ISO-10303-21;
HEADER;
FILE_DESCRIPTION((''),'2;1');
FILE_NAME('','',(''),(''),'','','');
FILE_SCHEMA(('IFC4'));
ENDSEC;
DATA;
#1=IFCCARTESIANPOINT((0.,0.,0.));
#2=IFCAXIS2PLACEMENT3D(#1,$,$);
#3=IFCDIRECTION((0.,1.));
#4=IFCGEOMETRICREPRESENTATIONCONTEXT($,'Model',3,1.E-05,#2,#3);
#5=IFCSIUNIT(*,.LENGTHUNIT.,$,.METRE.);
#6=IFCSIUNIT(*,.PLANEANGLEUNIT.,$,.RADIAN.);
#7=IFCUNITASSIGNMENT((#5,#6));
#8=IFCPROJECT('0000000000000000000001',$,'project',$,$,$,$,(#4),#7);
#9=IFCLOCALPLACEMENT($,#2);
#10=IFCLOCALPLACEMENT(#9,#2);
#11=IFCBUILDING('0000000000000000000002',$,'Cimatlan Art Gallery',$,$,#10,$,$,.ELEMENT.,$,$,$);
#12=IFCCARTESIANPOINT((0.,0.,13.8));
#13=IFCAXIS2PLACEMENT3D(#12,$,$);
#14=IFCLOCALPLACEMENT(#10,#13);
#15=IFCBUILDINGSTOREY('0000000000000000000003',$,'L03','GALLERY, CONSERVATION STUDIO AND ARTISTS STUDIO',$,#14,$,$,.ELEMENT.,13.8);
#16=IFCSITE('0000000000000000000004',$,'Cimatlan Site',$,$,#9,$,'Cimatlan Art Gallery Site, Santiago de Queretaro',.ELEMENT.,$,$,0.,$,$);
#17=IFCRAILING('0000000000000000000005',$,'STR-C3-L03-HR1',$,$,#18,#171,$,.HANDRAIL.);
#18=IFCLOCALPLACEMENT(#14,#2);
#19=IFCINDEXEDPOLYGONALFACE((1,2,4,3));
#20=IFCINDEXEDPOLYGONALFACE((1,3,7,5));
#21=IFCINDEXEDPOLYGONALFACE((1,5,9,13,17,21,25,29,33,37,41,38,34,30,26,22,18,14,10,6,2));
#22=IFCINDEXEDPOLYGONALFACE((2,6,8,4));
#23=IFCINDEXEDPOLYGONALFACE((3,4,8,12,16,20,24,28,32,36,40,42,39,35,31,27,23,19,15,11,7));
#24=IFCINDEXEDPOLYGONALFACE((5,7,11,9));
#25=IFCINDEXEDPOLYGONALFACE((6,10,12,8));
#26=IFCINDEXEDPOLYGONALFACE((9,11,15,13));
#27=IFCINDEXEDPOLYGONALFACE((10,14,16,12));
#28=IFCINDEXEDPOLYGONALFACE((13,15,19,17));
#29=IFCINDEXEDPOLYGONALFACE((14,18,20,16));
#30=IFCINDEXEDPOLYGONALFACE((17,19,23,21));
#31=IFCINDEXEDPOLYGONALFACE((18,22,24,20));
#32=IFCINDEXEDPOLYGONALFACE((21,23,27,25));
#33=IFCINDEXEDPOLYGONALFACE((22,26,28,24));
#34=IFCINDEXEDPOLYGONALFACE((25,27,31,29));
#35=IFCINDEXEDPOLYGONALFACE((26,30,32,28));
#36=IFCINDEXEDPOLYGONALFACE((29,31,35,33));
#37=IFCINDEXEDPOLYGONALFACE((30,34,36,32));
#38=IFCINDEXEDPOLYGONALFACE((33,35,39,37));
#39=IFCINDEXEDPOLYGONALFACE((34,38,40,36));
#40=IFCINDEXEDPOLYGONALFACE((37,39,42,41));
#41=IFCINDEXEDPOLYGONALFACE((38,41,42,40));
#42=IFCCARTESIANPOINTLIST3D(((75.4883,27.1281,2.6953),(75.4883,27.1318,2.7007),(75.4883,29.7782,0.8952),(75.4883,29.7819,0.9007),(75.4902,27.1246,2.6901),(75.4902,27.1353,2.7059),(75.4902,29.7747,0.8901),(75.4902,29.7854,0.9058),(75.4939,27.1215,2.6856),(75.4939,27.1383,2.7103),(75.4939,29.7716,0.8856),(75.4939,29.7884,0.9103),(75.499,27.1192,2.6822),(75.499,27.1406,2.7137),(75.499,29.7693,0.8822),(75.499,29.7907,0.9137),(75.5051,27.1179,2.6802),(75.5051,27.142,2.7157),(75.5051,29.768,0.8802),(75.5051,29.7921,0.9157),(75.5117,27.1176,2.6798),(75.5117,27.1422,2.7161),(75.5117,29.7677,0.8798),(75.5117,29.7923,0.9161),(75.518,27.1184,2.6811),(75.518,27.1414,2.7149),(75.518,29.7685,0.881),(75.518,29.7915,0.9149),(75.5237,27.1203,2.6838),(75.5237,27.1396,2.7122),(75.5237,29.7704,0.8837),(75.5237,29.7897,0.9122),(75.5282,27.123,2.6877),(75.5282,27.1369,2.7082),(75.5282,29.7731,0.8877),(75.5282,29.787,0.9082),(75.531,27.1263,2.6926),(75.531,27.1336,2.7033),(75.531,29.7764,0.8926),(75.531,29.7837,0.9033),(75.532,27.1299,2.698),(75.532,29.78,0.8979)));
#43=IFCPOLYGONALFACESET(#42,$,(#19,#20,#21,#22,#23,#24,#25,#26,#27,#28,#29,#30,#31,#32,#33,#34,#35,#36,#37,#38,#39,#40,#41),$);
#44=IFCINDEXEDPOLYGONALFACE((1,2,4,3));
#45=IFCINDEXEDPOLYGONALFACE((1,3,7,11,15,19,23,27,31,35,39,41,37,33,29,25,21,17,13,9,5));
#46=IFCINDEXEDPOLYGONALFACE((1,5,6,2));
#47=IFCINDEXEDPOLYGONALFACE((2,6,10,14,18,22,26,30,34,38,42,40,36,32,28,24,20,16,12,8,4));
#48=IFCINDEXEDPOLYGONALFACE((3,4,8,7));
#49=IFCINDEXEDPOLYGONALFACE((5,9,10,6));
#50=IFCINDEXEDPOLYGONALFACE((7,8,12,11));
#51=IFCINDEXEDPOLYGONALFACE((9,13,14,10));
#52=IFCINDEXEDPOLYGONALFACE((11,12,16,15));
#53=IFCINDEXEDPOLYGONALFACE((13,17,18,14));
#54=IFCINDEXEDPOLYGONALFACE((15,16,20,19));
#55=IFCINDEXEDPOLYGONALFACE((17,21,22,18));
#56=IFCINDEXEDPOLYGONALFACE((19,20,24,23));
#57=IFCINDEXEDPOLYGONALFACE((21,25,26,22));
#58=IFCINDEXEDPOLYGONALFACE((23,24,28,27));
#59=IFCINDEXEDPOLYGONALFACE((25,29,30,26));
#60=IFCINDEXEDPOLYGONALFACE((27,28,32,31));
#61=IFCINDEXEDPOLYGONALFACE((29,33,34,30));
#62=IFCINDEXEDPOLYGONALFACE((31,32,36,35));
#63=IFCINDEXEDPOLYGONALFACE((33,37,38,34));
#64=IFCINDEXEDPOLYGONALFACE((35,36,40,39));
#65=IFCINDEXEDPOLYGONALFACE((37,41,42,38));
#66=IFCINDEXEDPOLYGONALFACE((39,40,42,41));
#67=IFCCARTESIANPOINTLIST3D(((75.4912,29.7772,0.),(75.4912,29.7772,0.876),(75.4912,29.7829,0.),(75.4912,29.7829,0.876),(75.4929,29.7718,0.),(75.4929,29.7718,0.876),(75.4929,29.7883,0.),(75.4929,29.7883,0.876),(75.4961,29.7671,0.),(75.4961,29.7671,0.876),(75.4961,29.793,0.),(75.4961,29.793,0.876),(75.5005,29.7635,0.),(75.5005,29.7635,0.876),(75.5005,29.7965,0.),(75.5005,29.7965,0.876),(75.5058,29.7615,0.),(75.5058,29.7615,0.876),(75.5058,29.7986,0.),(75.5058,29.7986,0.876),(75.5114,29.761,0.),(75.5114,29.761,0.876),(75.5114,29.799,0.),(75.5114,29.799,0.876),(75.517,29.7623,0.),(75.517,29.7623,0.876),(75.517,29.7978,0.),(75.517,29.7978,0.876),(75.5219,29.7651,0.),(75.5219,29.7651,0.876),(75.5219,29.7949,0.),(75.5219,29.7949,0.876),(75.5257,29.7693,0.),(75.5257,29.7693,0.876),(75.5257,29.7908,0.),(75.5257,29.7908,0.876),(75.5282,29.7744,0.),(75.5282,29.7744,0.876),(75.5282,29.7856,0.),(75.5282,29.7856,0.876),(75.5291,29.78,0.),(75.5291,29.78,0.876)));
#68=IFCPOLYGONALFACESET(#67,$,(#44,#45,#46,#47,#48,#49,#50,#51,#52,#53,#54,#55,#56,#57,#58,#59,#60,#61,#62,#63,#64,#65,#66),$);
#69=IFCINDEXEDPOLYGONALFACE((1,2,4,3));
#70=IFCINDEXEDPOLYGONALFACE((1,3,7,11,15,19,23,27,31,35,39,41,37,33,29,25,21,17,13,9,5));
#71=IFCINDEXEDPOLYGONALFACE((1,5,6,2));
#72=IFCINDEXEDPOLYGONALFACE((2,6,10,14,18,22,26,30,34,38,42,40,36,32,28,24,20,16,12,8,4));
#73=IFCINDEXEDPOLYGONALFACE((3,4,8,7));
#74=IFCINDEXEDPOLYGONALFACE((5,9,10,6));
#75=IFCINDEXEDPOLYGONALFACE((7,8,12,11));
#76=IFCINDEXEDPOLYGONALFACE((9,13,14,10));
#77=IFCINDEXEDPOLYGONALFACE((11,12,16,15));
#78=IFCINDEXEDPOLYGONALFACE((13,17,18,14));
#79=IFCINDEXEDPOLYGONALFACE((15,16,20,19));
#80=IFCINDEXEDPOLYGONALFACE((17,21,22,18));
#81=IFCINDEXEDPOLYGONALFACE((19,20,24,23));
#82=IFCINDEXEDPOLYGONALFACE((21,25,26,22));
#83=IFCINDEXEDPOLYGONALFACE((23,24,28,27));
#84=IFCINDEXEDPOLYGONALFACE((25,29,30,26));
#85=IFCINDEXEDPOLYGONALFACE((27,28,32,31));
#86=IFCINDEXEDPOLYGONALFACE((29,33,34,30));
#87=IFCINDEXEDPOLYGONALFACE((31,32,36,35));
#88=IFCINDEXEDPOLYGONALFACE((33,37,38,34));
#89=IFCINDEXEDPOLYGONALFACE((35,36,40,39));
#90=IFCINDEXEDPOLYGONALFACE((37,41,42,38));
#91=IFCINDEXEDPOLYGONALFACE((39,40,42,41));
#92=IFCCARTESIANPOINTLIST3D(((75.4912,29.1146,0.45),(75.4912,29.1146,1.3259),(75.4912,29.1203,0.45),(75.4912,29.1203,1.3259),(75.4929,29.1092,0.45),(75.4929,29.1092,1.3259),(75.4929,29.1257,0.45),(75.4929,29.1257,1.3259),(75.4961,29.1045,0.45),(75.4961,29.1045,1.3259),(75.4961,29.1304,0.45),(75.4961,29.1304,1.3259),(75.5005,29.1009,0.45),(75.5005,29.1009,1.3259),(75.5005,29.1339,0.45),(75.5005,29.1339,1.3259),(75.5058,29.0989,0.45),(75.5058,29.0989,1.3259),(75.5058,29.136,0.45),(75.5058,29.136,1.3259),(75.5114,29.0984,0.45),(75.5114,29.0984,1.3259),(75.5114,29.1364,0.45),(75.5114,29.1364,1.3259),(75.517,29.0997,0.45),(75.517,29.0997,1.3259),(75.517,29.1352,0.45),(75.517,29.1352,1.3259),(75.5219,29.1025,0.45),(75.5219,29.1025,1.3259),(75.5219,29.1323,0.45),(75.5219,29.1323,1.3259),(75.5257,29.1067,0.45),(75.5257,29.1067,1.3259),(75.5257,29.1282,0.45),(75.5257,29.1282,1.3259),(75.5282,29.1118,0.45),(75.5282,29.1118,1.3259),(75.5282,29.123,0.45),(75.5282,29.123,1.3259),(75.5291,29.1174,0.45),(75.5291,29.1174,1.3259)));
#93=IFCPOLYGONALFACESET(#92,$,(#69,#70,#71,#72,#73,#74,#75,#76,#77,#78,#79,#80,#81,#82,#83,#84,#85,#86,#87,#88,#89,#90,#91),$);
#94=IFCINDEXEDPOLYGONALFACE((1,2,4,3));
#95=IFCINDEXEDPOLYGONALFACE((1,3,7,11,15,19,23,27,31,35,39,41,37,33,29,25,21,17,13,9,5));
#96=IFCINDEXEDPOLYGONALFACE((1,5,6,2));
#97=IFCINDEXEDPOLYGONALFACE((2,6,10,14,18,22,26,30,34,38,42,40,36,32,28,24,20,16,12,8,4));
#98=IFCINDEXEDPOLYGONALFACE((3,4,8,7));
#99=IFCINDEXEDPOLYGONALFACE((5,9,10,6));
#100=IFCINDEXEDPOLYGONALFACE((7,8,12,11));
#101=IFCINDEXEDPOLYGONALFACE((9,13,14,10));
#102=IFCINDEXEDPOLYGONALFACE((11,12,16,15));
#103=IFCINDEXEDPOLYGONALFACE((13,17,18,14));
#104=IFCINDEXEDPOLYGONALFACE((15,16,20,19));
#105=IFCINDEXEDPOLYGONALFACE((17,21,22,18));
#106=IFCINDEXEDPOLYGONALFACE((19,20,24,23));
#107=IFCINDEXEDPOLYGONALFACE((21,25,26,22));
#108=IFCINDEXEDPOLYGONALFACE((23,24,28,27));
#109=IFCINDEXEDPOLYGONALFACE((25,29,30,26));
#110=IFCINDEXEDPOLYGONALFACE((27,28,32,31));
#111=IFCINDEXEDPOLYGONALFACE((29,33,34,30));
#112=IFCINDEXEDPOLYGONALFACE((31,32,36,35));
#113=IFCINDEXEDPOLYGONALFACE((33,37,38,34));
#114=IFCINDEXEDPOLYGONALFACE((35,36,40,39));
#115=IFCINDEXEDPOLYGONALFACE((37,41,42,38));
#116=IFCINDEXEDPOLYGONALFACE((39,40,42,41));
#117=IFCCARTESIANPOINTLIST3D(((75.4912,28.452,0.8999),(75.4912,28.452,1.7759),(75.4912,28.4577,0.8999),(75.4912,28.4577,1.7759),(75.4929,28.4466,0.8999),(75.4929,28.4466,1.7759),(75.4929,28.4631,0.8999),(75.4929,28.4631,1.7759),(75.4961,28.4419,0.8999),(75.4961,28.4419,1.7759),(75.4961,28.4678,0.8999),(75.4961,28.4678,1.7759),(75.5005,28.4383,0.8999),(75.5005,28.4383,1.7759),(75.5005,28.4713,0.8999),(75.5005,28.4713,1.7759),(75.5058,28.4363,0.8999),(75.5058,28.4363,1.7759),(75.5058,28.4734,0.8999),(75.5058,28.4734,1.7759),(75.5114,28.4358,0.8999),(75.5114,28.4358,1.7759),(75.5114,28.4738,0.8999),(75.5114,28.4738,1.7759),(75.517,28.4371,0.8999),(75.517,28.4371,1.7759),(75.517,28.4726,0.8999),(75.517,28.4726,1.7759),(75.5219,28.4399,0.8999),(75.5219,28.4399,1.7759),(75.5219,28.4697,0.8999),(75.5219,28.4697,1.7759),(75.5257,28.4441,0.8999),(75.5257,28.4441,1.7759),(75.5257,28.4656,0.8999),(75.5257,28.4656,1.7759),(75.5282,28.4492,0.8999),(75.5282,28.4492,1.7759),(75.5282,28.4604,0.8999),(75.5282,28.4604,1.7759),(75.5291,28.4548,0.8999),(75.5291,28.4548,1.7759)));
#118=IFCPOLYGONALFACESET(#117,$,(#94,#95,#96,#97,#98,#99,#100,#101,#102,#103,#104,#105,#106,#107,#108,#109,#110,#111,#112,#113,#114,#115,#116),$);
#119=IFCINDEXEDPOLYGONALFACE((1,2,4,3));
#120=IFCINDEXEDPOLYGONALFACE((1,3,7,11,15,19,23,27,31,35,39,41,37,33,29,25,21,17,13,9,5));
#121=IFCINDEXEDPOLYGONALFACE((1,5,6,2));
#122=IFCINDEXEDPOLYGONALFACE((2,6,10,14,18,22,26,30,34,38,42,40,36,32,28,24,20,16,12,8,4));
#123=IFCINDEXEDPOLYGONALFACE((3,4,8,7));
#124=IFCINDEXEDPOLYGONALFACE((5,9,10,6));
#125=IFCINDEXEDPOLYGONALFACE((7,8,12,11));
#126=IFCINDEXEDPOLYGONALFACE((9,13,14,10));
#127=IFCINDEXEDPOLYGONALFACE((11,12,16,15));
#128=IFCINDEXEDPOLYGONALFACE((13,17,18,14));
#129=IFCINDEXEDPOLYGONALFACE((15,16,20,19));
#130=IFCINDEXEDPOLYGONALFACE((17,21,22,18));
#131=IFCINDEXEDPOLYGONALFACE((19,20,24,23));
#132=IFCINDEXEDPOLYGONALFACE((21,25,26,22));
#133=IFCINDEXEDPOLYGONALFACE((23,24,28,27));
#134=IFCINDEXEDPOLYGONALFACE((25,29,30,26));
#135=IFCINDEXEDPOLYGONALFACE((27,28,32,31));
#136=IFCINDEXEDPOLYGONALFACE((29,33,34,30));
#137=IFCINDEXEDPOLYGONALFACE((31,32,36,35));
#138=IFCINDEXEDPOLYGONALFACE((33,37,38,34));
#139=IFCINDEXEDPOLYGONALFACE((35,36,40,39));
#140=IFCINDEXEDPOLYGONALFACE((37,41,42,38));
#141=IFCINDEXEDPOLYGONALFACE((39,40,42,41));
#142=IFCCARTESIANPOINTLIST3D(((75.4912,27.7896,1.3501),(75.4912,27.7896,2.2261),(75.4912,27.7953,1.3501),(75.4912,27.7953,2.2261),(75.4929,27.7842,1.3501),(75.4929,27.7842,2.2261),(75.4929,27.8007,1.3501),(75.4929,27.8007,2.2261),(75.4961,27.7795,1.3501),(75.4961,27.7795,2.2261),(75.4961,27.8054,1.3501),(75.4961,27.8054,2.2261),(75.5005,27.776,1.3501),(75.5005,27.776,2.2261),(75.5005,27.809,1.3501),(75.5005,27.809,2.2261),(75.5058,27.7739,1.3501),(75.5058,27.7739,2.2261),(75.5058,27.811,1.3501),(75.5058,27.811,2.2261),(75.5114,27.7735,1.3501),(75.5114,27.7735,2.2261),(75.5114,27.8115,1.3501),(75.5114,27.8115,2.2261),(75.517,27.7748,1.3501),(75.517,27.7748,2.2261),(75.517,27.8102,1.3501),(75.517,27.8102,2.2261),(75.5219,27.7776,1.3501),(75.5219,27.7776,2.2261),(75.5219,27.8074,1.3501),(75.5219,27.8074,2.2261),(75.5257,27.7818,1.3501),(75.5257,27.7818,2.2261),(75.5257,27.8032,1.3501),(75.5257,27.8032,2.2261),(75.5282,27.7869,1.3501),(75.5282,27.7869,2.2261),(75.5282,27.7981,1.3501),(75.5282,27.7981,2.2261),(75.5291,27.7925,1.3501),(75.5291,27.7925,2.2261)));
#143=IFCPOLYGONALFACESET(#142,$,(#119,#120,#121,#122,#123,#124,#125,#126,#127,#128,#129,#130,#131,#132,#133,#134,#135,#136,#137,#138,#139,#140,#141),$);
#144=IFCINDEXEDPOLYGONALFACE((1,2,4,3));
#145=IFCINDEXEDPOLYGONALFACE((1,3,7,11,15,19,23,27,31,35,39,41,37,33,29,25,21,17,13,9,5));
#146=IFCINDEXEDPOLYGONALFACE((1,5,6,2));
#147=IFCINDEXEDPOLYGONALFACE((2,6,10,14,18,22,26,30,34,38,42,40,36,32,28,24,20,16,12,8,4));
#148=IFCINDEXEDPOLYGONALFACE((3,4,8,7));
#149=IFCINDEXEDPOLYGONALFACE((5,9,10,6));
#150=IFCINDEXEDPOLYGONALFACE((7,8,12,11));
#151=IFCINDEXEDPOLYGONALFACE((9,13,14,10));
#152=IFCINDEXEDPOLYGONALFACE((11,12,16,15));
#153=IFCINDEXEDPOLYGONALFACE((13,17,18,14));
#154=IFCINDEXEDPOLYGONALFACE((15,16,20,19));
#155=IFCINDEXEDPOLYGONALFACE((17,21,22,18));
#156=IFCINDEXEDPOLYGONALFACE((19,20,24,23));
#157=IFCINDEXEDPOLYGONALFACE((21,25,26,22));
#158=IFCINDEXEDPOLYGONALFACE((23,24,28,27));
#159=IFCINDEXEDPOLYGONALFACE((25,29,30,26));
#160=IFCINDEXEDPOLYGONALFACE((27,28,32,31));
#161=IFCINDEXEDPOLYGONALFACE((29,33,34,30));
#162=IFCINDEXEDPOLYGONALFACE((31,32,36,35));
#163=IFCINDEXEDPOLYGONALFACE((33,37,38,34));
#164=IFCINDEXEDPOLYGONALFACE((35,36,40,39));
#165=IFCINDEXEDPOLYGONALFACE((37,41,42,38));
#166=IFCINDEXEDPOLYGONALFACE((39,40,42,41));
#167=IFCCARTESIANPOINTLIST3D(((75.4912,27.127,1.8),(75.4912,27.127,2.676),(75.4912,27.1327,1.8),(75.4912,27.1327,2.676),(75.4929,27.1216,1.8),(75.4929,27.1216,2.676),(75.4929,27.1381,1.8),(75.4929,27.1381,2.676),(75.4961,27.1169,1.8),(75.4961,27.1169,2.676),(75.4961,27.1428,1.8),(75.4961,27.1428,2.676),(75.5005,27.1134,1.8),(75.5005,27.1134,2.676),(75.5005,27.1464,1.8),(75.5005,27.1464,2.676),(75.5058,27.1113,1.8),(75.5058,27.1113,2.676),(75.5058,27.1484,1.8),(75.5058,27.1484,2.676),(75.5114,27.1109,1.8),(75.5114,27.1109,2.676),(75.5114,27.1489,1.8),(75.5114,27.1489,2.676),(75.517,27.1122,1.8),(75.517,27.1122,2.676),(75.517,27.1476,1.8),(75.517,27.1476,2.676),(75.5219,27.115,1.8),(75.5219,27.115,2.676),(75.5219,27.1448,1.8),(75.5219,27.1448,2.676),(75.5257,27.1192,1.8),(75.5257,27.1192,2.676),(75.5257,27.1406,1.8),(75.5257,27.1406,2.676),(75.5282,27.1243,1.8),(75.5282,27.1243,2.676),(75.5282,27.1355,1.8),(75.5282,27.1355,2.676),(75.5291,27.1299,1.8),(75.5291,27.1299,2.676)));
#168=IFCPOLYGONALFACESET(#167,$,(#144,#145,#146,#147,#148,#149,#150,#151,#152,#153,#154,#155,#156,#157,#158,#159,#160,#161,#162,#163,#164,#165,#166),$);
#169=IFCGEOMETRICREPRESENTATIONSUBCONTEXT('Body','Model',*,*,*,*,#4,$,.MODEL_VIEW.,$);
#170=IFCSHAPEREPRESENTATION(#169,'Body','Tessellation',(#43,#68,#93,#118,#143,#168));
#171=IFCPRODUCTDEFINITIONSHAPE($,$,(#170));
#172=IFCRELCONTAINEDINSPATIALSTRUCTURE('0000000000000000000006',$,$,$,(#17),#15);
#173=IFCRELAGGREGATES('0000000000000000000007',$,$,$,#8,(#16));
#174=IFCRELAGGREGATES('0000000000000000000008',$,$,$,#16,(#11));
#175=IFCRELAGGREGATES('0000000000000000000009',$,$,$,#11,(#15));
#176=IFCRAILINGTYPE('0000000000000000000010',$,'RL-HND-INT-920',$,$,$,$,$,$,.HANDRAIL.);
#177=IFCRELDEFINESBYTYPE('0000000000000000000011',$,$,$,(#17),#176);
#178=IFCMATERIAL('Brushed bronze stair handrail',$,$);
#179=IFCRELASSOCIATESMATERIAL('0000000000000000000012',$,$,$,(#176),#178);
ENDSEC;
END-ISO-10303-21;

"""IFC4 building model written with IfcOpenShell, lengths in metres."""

from ifc_helpers import new_model, si_unit, direction, frame, origin, origin_2d, place, context, subcontext, project, spatial, circle, extrude, material, type_object, element, save


model = new_model("IFC4")

# Units and contexts
model_context = context("Model", 3, precision=1e-05, world=origin(), true_north=direction((0.0, 1.0)))
body_context = subcontext(model_context, "Body", "Model", "MODEL_VIEW")
ifc_project = project(units=[si_unit("LENGTHUNIT", "METRE"), si_unit("PLANEANGLEUNIT", "RADIAN")], contexts=[model_context])

# Site, building, storey
site_placement = place(None, origin())
site = spatial("IfcSite", under=ifc_project, at=site_placement, Name="Cimatlan Site", LongName="Cimatlan Art Gallery Site, Santiago de Queretaro", CompositionType="ELEMENT", RefElevation=0.0)
building_placement = place(site_placement, origin())
building = spatial("IfcBuilding", under=site, at=building_placement, Name="Cimatlan Art Gallery", CompositionType="ELEMENT")
storey_placement = place(building_placement, frame((0.0, 0.0, 13.8)))
storey = spatial("IfcBuildingStorey", under=building, at=storey_placement, Name="L03", Description="GALLERY, CONSERVATION STUDIO AND ARTISTS STUDIO", CompositionType="ELEMENT", Elevation=13.8)

# Railing
ifc_material_1 = material(Name="Brushed bronze stair handrail")
railing_type_1 = type_object("IfcRailingType", Name="RL-HND-INT-920", PredefinedType="HANDRAIL", material=ifc_material_1)
railing_1_placement = place(storey_placement, frame((75.51, 29.78, 0.0)))
element("IfcRailing", 1, at=railing_1_placement, inside=storey, type_object=railing_type_1, Name="STR-C3-L03-HR1", PredefinedType="HANDRAIL", context=body_context, shape_type="SweptSolid", body=[
    extrude(circle(Radius=0.022, at=origin_2d()), frame((0.0, 0.0, 0.8979), z_axis=(0.0, -0.827224, 0.561872), x_axis=(1.0, 0.0, 0.0)), (0.0, 0.0, 1.0), 3.2036),
    extrude(circle(Radius=0.019, at=origin_2d()), origin(), (0.0, 0.0, 1.0), 0.876),
    extrude(circle(Radius=0.019, at=origin_2d()), frame((0.0, -0.6626, 0.45)), (0.0, 0.0, 1.0), 0.876),
    extrude(circle(Radius=0.019, at=origin_2d()), frame((0.0, -1.3252, 0.8999)), (0.0, 0.0, 1.0), 0.876),
    extrude(circle(Radius=0.019, at=origin_2d()), frame((0.0, -1.9875, 1.3501)), (0.0, 0.0, 1.0), 0.876),
    extrude(circle(Radius=0.019, at=origin_2d()), frame((0.0, -2.6501, 1.8)), (0.0, 0.0, 1.0), 0.876),
])

save(model, "model.ifc")
